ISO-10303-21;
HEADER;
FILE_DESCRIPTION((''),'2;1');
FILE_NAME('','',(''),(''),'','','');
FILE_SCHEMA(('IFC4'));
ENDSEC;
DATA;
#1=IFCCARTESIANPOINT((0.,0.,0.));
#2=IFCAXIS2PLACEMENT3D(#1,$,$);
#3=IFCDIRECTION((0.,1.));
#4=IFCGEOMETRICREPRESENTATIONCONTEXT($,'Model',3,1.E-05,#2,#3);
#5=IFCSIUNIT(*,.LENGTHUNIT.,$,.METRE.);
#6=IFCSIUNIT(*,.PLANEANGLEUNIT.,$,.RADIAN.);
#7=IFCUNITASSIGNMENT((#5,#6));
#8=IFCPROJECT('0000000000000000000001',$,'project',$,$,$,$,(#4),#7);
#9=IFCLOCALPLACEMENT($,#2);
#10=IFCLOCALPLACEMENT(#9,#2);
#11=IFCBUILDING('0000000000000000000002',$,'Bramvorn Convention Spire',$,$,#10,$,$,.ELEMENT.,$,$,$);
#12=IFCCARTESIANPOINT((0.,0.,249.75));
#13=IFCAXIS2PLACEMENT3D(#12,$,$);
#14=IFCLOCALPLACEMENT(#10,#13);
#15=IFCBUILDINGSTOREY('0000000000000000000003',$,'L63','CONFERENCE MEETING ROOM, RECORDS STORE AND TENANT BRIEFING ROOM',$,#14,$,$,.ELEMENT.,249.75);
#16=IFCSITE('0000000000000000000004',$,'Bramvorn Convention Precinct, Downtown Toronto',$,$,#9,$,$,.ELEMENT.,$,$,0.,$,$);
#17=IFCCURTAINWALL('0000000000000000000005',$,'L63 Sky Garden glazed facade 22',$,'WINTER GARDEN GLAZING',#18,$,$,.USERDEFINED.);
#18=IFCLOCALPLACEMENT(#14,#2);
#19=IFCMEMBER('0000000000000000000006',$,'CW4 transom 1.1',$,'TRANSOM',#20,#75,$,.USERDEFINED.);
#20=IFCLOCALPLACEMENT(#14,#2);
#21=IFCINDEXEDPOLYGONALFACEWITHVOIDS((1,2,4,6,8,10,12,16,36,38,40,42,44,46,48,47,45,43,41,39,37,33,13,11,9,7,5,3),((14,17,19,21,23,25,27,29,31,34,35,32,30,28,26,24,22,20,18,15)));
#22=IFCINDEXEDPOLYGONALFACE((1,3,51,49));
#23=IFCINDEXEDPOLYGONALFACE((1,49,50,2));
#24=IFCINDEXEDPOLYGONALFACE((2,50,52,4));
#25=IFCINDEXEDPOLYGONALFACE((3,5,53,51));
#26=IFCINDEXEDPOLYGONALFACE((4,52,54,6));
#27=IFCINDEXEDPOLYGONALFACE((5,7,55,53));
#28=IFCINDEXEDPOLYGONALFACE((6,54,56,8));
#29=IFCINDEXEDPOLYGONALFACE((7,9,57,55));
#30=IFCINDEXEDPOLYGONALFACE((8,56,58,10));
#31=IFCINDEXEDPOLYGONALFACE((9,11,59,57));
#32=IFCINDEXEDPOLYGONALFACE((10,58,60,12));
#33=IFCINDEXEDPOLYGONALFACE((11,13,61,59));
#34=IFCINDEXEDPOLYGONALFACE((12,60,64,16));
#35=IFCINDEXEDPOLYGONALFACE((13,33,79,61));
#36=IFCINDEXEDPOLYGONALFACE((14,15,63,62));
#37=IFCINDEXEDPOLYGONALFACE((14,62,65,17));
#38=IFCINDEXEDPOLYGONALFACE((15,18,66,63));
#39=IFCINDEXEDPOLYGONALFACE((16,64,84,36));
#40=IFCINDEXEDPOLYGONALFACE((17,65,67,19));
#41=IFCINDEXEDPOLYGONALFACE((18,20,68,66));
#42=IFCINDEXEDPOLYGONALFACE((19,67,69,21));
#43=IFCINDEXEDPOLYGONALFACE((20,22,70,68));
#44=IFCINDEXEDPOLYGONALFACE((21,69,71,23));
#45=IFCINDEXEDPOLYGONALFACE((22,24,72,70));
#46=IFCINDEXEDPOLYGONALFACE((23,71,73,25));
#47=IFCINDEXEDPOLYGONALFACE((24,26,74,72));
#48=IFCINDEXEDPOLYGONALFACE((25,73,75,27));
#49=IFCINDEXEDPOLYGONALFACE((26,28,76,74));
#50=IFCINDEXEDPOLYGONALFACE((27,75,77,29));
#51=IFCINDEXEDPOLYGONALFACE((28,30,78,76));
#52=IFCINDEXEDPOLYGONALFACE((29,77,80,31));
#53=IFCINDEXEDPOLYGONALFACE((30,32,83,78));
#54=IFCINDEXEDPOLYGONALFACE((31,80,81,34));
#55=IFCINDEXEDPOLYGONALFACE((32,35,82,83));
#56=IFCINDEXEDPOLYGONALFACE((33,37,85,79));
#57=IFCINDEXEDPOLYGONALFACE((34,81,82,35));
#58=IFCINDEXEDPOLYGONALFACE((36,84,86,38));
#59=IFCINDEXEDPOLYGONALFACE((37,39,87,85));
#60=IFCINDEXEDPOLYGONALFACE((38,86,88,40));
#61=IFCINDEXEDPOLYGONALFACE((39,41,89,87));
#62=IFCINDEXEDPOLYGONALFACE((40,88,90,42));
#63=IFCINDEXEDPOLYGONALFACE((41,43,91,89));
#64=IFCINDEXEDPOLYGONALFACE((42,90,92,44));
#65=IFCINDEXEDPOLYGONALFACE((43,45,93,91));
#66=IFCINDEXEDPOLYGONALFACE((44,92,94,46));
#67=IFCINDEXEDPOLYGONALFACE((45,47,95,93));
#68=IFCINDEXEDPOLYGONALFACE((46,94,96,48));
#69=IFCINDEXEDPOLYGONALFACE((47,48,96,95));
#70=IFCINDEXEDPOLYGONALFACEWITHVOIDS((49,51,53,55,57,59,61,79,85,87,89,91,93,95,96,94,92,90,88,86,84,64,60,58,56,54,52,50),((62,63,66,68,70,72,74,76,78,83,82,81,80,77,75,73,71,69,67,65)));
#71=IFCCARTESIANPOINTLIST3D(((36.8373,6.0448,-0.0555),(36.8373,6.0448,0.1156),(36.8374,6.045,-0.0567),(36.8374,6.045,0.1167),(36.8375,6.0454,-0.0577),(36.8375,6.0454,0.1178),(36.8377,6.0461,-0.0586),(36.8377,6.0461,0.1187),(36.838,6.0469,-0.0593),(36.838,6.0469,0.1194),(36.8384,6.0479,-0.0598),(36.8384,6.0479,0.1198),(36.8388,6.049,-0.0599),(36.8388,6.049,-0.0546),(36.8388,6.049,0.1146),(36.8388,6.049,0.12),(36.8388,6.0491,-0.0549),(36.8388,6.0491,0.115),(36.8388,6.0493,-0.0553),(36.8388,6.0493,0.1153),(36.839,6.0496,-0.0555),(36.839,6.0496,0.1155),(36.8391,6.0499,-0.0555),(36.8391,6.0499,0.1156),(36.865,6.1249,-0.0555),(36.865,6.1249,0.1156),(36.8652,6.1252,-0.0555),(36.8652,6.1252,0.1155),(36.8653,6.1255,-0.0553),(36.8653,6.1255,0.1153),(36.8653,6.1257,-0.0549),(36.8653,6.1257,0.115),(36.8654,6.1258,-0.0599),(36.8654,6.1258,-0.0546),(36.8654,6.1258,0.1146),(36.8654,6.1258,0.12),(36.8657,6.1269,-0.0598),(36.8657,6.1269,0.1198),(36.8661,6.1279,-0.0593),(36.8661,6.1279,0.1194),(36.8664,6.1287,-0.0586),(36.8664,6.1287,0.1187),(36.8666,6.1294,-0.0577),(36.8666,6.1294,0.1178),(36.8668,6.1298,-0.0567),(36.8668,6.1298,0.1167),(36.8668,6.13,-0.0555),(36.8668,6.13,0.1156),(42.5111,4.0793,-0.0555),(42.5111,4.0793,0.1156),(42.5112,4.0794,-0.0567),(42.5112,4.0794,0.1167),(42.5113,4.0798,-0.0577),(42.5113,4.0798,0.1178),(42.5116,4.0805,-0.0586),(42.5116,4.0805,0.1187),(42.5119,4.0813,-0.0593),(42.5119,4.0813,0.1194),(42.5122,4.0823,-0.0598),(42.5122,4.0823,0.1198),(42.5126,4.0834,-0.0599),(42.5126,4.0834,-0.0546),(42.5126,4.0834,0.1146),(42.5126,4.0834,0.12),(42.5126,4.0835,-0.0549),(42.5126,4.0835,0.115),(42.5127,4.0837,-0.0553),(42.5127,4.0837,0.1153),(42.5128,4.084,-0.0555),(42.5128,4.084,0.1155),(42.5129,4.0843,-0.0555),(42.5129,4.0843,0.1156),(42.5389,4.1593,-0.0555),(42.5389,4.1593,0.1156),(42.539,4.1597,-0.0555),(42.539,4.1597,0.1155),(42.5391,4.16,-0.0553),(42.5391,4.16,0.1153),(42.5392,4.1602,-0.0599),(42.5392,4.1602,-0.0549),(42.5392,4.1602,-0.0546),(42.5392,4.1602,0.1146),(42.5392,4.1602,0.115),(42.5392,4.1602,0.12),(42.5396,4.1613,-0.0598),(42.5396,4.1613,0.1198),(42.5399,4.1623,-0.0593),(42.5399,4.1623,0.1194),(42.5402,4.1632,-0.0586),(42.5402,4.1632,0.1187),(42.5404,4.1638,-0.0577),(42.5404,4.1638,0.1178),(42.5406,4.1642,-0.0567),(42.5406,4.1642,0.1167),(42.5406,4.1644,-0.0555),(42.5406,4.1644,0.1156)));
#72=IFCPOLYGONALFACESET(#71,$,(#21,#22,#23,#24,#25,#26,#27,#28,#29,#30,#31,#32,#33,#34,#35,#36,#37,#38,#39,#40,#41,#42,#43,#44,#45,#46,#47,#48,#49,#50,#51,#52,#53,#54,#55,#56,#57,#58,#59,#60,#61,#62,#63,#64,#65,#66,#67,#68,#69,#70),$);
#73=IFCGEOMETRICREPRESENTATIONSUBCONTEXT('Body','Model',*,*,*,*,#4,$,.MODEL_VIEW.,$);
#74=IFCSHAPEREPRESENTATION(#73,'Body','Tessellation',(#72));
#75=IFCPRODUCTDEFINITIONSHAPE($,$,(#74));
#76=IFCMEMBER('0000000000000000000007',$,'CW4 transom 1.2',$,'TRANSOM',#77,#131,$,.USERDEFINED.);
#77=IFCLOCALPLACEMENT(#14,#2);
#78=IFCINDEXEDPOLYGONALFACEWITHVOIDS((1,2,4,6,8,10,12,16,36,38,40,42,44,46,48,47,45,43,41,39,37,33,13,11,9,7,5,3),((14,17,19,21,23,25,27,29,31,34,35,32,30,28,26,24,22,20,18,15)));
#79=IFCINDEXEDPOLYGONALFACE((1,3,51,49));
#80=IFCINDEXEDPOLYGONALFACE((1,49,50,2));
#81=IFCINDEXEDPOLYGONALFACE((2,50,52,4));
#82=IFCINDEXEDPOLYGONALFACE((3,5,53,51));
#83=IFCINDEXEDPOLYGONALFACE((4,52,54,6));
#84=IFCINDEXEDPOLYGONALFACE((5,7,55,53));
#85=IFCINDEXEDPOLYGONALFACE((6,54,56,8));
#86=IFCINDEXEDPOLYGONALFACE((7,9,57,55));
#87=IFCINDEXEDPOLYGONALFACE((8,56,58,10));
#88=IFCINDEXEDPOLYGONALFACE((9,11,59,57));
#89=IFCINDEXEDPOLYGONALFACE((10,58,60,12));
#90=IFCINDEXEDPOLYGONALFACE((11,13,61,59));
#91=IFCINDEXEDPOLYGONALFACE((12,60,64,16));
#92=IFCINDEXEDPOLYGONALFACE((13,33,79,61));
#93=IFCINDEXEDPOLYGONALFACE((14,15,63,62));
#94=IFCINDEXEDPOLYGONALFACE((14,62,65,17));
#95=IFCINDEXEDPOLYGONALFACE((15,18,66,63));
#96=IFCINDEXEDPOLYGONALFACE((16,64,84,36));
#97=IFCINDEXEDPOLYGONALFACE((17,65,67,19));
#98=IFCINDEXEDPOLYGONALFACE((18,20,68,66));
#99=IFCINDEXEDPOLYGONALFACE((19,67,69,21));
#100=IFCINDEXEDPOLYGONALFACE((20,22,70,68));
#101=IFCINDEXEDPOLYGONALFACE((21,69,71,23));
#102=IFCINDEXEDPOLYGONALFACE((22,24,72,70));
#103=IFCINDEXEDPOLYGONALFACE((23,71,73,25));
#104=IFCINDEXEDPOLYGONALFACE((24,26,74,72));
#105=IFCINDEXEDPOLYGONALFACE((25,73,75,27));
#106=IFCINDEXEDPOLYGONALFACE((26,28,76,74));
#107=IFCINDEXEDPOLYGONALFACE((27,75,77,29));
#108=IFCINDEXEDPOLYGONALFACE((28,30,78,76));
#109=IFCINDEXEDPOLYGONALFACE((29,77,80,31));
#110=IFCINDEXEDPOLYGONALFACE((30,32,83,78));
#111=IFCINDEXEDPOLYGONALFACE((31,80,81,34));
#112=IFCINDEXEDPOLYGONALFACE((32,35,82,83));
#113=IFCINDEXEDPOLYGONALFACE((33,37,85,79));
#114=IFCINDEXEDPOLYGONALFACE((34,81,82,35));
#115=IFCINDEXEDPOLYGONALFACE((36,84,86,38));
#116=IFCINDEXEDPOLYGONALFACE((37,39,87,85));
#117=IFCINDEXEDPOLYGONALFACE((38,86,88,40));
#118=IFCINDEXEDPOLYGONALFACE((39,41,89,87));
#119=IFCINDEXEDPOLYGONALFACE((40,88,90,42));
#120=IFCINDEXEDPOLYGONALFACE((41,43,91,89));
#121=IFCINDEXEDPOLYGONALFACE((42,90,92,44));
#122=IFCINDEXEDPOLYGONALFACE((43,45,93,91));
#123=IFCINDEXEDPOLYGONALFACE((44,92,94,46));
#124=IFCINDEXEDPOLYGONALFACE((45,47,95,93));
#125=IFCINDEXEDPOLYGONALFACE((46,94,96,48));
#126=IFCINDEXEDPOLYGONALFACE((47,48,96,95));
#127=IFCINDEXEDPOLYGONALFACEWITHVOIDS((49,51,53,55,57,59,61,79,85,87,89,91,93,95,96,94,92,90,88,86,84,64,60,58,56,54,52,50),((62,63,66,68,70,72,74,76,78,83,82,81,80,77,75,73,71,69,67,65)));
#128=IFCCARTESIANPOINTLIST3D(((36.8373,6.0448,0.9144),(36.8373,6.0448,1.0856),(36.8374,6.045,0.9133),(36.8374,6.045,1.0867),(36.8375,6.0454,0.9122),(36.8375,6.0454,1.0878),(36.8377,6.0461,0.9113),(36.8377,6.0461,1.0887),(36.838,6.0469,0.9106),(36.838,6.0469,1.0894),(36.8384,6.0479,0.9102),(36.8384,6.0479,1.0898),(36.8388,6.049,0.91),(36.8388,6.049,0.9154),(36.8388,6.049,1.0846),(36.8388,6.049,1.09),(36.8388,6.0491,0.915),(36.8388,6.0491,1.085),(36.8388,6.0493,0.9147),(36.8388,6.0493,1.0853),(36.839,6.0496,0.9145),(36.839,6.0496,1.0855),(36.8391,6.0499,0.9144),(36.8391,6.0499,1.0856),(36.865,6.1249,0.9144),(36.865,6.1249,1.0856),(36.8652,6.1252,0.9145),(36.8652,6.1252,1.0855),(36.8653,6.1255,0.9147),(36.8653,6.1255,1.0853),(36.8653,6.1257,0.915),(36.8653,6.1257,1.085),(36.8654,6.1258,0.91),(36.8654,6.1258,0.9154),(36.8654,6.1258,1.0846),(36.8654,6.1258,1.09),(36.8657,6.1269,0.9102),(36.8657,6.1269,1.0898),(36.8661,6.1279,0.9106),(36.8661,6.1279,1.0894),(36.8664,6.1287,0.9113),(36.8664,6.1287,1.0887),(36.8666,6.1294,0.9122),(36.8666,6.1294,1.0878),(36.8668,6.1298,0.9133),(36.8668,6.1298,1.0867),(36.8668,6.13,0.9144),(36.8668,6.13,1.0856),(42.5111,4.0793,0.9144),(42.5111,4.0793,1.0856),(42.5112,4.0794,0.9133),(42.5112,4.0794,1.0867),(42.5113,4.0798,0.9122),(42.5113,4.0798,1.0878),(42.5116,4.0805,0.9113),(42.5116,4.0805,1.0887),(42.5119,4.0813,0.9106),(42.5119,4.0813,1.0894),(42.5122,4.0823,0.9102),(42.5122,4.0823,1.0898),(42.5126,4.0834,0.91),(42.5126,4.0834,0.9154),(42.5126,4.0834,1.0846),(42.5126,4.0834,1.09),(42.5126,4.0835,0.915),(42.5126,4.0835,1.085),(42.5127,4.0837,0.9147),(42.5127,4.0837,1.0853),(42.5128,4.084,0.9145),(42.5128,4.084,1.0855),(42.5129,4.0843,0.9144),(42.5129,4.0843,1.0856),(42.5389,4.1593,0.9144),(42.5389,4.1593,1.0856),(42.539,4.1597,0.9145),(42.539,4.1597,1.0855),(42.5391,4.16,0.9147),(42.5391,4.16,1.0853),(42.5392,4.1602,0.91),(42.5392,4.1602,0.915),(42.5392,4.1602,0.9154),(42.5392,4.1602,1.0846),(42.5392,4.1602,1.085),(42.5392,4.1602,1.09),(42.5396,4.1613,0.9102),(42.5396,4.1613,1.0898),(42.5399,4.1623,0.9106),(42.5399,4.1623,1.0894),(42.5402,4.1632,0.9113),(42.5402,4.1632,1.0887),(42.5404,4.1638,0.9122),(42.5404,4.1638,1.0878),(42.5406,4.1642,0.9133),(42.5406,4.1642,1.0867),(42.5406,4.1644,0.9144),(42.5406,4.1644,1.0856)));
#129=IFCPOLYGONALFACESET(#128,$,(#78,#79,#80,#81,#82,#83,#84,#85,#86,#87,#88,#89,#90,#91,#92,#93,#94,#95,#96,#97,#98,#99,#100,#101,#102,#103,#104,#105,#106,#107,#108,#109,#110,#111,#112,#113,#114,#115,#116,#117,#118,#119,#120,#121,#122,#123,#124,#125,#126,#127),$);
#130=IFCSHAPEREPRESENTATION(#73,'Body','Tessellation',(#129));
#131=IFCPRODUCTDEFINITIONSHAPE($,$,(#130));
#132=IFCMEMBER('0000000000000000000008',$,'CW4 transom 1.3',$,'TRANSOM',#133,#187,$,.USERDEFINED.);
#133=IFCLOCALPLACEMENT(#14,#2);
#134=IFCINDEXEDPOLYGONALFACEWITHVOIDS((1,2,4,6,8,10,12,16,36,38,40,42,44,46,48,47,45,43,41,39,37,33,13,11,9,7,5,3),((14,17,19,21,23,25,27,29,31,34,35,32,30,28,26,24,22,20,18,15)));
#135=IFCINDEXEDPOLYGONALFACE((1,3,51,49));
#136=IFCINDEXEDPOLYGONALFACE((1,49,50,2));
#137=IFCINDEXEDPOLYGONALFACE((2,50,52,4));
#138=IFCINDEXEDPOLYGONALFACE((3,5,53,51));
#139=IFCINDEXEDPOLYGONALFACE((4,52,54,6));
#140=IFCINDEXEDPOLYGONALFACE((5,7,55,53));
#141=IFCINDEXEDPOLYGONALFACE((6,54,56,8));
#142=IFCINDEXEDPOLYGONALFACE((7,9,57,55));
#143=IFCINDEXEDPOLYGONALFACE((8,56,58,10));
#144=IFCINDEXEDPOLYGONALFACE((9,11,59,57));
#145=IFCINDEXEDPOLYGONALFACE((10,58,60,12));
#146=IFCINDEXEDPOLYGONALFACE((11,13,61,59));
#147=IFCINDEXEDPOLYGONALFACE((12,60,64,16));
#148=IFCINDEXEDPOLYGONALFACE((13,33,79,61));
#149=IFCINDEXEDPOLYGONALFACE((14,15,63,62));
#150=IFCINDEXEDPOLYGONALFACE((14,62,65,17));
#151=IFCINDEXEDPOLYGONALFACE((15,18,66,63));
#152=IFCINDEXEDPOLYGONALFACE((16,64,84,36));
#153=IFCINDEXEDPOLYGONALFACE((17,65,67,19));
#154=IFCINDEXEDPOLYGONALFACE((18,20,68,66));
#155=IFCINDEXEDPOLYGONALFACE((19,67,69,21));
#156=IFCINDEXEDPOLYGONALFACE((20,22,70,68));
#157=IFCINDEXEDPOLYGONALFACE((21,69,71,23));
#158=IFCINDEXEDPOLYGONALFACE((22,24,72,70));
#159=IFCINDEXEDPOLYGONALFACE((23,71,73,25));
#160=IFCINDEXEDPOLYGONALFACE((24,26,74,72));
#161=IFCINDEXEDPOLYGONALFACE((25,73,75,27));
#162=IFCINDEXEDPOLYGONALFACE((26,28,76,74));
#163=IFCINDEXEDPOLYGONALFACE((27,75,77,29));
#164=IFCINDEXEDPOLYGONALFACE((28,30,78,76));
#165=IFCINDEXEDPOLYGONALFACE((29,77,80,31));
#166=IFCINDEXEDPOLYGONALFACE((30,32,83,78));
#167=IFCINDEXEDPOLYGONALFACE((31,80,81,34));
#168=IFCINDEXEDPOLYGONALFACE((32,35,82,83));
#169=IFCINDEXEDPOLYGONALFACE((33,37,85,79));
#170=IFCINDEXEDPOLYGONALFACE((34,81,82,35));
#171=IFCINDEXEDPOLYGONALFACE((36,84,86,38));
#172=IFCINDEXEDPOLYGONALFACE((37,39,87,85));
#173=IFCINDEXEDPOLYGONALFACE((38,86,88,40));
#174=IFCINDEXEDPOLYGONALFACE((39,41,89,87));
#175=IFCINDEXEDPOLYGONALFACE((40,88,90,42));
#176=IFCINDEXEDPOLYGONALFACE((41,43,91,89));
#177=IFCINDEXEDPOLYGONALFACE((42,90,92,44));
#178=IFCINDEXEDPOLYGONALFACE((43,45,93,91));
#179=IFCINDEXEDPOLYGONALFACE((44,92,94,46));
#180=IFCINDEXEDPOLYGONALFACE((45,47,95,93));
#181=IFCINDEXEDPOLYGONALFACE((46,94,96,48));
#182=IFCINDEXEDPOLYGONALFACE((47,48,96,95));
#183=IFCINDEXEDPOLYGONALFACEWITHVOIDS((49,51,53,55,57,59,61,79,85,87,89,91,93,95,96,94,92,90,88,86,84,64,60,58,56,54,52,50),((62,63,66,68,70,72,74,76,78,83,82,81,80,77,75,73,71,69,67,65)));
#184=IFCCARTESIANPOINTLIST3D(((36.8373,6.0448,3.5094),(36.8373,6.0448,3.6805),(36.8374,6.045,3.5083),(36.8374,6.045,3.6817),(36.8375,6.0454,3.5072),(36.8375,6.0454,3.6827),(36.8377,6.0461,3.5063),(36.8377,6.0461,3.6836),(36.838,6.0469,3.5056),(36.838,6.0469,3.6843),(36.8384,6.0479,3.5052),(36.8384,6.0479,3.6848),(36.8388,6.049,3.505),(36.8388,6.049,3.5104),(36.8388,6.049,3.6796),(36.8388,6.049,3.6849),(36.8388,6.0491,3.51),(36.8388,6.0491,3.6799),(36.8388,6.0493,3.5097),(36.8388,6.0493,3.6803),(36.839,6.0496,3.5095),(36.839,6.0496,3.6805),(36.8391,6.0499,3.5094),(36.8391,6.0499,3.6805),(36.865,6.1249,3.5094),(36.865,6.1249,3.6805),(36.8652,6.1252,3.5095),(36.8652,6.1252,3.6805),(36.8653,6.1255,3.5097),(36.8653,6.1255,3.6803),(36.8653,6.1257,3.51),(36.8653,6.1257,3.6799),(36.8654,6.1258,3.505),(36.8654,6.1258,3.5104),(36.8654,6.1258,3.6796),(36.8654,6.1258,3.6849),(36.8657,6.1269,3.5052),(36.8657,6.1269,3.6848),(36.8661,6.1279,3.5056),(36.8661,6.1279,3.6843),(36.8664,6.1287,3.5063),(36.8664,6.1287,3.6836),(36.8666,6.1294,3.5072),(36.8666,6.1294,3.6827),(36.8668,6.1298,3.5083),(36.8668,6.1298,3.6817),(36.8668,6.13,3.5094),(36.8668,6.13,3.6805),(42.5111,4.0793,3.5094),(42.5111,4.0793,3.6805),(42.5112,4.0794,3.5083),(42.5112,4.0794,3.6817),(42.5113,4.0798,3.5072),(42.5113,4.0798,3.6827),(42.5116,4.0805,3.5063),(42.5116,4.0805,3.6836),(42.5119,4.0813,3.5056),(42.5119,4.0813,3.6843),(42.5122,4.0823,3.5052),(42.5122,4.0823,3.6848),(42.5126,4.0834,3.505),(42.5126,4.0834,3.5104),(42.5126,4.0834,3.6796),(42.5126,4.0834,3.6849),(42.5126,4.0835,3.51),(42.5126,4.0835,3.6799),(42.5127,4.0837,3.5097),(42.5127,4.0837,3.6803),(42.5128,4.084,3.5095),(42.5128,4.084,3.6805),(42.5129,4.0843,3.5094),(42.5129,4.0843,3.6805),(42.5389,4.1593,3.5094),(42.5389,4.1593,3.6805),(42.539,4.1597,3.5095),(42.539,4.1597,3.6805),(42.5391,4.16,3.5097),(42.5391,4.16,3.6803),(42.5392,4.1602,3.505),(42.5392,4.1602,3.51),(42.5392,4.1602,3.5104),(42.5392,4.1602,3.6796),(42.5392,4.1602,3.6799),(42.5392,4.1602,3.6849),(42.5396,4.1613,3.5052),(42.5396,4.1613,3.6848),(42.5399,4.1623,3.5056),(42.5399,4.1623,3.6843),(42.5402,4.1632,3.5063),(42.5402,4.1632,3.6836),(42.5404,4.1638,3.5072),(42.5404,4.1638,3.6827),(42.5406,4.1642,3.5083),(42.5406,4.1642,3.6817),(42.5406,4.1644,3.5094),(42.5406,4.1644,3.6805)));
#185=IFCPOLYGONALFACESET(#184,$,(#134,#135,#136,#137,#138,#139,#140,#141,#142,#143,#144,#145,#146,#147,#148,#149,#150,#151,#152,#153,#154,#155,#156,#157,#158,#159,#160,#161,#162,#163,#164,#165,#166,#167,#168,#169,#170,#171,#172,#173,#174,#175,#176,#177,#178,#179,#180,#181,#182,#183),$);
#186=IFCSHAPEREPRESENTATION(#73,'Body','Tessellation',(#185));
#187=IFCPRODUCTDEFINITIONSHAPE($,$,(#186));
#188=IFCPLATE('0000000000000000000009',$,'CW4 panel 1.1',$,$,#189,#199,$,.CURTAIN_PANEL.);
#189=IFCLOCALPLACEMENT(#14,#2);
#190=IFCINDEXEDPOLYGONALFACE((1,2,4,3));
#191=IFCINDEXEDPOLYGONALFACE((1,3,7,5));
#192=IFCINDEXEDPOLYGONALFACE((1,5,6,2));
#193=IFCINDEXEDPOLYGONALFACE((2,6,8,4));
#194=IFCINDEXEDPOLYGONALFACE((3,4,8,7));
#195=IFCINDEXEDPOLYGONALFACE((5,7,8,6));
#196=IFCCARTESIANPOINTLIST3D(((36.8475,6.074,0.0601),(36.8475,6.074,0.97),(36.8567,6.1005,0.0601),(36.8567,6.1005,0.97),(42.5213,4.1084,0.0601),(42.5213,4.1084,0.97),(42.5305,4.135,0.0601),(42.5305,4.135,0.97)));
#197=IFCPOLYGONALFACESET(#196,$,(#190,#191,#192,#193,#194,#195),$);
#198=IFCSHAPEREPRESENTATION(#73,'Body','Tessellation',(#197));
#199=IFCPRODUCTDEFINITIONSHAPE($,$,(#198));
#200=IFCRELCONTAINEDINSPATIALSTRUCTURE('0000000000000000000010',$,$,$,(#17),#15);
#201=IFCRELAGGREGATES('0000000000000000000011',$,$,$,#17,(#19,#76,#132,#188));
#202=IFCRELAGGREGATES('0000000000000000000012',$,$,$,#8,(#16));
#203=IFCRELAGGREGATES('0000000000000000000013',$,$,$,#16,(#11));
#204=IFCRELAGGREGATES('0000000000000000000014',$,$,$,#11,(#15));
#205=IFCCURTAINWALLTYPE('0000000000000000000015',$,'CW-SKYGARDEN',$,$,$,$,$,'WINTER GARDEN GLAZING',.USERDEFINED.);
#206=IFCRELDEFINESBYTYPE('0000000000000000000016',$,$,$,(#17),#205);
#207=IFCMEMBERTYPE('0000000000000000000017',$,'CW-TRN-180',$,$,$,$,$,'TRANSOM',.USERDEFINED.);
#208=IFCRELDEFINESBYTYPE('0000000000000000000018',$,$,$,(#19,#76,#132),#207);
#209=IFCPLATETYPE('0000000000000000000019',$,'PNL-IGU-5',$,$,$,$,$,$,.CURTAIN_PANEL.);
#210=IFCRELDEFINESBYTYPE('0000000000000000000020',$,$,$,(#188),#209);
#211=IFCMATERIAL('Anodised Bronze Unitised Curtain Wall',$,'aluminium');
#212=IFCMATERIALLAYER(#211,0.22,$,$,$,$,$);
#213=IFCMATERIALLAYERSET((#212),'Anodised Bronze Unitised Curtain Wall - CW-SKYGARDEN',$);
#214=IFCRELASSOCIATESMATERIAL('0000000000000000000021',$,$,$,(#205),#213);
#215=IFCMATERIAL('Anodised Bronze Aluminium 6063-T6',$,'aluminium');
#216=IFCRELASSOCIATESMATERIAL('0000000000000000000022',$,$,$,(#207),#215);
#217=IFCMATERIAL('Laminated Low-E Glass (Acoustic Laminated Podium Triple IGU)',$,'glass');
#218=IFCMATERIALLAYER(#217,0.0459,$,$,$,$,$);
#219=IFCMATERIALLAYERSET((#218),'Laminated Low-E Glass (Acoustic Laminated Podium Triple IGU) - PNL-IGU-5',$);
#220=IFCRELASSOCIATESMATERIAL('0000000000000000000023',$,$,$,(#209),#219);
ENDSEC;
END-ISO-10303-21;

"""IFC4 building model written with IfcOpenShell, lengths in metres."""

from ifc_helpers import new_model, si_unit, direction, frame, origin, origin_2d, place, context, subcontext, project, spatial, rectangle, hollow_rectangle, extrude, material, layer, layer_set, material_profile, profile_set, type_object, element, aggregate, save


model = new_model("IFC4")

# Units and contexts
model_context = context("Model", 3, precision=1e-05, world=origin(), true_north=direction((0.0, 1.0)))
body_context = subcontext(model_context, "Body", "Model", "MODEL_VIEW")
ifc_project = project(units=[si_unit("LENGTHUNIT", "METRE"), si_unit("PLANEANGLEUNIT", "RADIAN")], contexts=[model_context])

# Site, building, storey
site_placement = place(None, origin())
site = spatial("IfcSite", under=ifc_project, at=site_placement, Name="Bramvorn Convention Precinct, Downtown Toronto", CompositionType="ELEMENT", RefElevation=0.0)
building_placement = place(site_placement, origin())
building = spatial("IfcBuilding", under=site, at=building_placement, Name="Bramvorn Convention Spire", CompositionType="ELEMENT")
storey_placement = place(building_placement, frame((0.0, 0.0, 249.75)))
storey = spatial("IfcBuildingStorey", under=building, at=storey_placement, Name="L63", Description="CONFERENCE MEETING ROOM, RECORDS STORE AND TENANT BRIEFING ROOM", CompositionType="ELEMENT", Elevation=249.75)

# Shared definitions
ifc_material_1 = material(Name="Anodised Bronze Unitised Curtain Wall", Category="aluminium")
ifc_layer_1 = layer(ifc_material_1, 0.22)
ifc_layer_set_1 = layer_set([ifc_layer_1], Name="Anodised Bronze Unitised Curtain Wall - CW-SKYGARDEN")
curtain_wall_type = type_object("IfcCurtainWallType", Name="CW-SKYGARDEN", ElementType="WINTER GARDEN GLAZING", PredefinedType="USERDEFINED", material=ifc_layer_set_1)
ifc_material_2 = material(Name="Anodised Bronze Aluminium 6063-T6", Category="aluminium")

# Curtain wall
curtain_wall_1_placement = place(storey_placement, origin())
curtain_wall_1 = element("IfcCurtainWall", 1, at=curtain_wall_1_placement, inside=storey, type_object=curtain_wall_type, Name="L63 Sky Garden glazed facade 22", ObjectType="WINTER GARDEN GLAZING", PredefinedType="USERDEFINED")

# Members
ifc_material_profile_1 = material_profile(ifc_material_2, hollow_rectangle(XDim=0.0901, YDim=0.1799, WallThickness=0.0044, InnerFilletRadius=0.001, OuterFilletRadius=0.0044, at=origin_2d()))
ifc_profile_set_1 = profile_set([ifc_material_profile_1], Name="Anodised Bronze Aluminium 6063-T6 - CWT90X180")
member_type_1 = type_object("IfcMemberType", Name="CW-TRN-180", ElementType="TRANSOM", PredefinedType="USERDEFINED", material=ifc_profile_set_1)
member_1_placement = place(storey_placement, frame((42.5259, 4.1218, 0.03), z_axis=(-0.944906, 0.327342, 0.0), x_axis=(-0.327342, -0.944906, 0.0)))
member_1 = element("IfcMember", 2, at=member_1_placement, type_object=member_type_1, Name="CW4 transom 1.1", ObjectType="TRANSOM", PredefinedType="USERDEFINED", context=body_context, shape_type="SweptSolid", body=[
    extrude(hollow_rectangle(XDim=0.0901, YDim=0.1799, WallThickness=0.0044, InnerFilletRadius=0.001, OuterFilletRadius=0.0044, at=origin_2d()), origin(), (0.0, 0.0, 1.0), 6.0046),
])
member_2_placement = place(storey_placement, frame((42.5259, 4.1218, 1.0), z_axis=(-0.944906, 0.327342, 0.0), x_axis=(-0.327342, -0.944906, 0.0)))
member_2 = element("IfcMember", 3, at=member_2_placement, type_object=member_type_1, Name="CW4 transom 1.2", ObjectType="TRANSOM", PredefinedType="USERDEFINED", context=body_context, shape_type="SweptSolid", body=[
    extrude(hollow_rectangle(XDim=0.0901, YDim=0.1799, WallThickness=0.0044, InnerFilletRadius=0.001, OuterFilletRadius=0.0044, at=origin_2d()), origin(), (0.0, 0.0, 1.0), 6.0046),
])
member_3_placement = place(storey_placement, frame((42.5259, 4.1218, 3.595), z_axis=(-0.944906, 0.327342, 0.0), x_axis=(-0.327342, -0.944906, 0.0)))
member_3 = element("IfcMember", 4, at=member_3_placement, type_object=member_type_1, Name="CW4 transom 1.3", ObjectType="TRANSOM", PredefinedType="USERDEFINED", context=body_context, shape_type="SweptSolid", body=[
    extrude(hollow_rectangle(XDim=0.0901, YDim=0.1799, WallThickness=0.0044, InnerFilletRadius=0.001, OuterFilletRadius=0.0044, at=origin_2d()), origin(), (0.0, 0.0, 1.0), 6.0046),
])

# Plate
ifc_material_3 = material(Name="Laminated Low-E Glass (Acoustic Laminated Podium Triple IGU)", Category="glass")
ifc_layer_2 = layer(ifc_material_3, 0.0459)
ifc_layer_set_2 = layer_set([ifc_layer_2], Name="Laminated Low-E Glass (Acoustic Laminated Podium Triple IGU) - PNL-IGU-5")
plate_type = type_object("IfcPlateType", Name="PNL-IGU-5", PredefinedType="CURTAIN_PANEL", material=ifc_layer_set_2)
plate_1_placement = place(storey_placement, frame((39.689, 5.1045, 0.0601), z_axis=(0.0, 0.0, 1.0), x_axis=(-0.944905, 0.327344, 0.0)))
plate_1 = element("IfcPlate", 5, at=plate_1_placement, type_object=plate_type, Name="CW4 panel 1.1", PredefinedType="CURTAIN_PANEL", context=body_context, shape_type="SweptSolid", body=[
    extrude(rectangle(XDim=6.0046, YDim=0.0281, at=origin_2d()), origin(), (0.0, 0.0, 1.0), 0.9099),
])
aggregate(curtain_wall_1, [member_1, member_2, member_3, plate_1])

save(model, "model.ifc")
